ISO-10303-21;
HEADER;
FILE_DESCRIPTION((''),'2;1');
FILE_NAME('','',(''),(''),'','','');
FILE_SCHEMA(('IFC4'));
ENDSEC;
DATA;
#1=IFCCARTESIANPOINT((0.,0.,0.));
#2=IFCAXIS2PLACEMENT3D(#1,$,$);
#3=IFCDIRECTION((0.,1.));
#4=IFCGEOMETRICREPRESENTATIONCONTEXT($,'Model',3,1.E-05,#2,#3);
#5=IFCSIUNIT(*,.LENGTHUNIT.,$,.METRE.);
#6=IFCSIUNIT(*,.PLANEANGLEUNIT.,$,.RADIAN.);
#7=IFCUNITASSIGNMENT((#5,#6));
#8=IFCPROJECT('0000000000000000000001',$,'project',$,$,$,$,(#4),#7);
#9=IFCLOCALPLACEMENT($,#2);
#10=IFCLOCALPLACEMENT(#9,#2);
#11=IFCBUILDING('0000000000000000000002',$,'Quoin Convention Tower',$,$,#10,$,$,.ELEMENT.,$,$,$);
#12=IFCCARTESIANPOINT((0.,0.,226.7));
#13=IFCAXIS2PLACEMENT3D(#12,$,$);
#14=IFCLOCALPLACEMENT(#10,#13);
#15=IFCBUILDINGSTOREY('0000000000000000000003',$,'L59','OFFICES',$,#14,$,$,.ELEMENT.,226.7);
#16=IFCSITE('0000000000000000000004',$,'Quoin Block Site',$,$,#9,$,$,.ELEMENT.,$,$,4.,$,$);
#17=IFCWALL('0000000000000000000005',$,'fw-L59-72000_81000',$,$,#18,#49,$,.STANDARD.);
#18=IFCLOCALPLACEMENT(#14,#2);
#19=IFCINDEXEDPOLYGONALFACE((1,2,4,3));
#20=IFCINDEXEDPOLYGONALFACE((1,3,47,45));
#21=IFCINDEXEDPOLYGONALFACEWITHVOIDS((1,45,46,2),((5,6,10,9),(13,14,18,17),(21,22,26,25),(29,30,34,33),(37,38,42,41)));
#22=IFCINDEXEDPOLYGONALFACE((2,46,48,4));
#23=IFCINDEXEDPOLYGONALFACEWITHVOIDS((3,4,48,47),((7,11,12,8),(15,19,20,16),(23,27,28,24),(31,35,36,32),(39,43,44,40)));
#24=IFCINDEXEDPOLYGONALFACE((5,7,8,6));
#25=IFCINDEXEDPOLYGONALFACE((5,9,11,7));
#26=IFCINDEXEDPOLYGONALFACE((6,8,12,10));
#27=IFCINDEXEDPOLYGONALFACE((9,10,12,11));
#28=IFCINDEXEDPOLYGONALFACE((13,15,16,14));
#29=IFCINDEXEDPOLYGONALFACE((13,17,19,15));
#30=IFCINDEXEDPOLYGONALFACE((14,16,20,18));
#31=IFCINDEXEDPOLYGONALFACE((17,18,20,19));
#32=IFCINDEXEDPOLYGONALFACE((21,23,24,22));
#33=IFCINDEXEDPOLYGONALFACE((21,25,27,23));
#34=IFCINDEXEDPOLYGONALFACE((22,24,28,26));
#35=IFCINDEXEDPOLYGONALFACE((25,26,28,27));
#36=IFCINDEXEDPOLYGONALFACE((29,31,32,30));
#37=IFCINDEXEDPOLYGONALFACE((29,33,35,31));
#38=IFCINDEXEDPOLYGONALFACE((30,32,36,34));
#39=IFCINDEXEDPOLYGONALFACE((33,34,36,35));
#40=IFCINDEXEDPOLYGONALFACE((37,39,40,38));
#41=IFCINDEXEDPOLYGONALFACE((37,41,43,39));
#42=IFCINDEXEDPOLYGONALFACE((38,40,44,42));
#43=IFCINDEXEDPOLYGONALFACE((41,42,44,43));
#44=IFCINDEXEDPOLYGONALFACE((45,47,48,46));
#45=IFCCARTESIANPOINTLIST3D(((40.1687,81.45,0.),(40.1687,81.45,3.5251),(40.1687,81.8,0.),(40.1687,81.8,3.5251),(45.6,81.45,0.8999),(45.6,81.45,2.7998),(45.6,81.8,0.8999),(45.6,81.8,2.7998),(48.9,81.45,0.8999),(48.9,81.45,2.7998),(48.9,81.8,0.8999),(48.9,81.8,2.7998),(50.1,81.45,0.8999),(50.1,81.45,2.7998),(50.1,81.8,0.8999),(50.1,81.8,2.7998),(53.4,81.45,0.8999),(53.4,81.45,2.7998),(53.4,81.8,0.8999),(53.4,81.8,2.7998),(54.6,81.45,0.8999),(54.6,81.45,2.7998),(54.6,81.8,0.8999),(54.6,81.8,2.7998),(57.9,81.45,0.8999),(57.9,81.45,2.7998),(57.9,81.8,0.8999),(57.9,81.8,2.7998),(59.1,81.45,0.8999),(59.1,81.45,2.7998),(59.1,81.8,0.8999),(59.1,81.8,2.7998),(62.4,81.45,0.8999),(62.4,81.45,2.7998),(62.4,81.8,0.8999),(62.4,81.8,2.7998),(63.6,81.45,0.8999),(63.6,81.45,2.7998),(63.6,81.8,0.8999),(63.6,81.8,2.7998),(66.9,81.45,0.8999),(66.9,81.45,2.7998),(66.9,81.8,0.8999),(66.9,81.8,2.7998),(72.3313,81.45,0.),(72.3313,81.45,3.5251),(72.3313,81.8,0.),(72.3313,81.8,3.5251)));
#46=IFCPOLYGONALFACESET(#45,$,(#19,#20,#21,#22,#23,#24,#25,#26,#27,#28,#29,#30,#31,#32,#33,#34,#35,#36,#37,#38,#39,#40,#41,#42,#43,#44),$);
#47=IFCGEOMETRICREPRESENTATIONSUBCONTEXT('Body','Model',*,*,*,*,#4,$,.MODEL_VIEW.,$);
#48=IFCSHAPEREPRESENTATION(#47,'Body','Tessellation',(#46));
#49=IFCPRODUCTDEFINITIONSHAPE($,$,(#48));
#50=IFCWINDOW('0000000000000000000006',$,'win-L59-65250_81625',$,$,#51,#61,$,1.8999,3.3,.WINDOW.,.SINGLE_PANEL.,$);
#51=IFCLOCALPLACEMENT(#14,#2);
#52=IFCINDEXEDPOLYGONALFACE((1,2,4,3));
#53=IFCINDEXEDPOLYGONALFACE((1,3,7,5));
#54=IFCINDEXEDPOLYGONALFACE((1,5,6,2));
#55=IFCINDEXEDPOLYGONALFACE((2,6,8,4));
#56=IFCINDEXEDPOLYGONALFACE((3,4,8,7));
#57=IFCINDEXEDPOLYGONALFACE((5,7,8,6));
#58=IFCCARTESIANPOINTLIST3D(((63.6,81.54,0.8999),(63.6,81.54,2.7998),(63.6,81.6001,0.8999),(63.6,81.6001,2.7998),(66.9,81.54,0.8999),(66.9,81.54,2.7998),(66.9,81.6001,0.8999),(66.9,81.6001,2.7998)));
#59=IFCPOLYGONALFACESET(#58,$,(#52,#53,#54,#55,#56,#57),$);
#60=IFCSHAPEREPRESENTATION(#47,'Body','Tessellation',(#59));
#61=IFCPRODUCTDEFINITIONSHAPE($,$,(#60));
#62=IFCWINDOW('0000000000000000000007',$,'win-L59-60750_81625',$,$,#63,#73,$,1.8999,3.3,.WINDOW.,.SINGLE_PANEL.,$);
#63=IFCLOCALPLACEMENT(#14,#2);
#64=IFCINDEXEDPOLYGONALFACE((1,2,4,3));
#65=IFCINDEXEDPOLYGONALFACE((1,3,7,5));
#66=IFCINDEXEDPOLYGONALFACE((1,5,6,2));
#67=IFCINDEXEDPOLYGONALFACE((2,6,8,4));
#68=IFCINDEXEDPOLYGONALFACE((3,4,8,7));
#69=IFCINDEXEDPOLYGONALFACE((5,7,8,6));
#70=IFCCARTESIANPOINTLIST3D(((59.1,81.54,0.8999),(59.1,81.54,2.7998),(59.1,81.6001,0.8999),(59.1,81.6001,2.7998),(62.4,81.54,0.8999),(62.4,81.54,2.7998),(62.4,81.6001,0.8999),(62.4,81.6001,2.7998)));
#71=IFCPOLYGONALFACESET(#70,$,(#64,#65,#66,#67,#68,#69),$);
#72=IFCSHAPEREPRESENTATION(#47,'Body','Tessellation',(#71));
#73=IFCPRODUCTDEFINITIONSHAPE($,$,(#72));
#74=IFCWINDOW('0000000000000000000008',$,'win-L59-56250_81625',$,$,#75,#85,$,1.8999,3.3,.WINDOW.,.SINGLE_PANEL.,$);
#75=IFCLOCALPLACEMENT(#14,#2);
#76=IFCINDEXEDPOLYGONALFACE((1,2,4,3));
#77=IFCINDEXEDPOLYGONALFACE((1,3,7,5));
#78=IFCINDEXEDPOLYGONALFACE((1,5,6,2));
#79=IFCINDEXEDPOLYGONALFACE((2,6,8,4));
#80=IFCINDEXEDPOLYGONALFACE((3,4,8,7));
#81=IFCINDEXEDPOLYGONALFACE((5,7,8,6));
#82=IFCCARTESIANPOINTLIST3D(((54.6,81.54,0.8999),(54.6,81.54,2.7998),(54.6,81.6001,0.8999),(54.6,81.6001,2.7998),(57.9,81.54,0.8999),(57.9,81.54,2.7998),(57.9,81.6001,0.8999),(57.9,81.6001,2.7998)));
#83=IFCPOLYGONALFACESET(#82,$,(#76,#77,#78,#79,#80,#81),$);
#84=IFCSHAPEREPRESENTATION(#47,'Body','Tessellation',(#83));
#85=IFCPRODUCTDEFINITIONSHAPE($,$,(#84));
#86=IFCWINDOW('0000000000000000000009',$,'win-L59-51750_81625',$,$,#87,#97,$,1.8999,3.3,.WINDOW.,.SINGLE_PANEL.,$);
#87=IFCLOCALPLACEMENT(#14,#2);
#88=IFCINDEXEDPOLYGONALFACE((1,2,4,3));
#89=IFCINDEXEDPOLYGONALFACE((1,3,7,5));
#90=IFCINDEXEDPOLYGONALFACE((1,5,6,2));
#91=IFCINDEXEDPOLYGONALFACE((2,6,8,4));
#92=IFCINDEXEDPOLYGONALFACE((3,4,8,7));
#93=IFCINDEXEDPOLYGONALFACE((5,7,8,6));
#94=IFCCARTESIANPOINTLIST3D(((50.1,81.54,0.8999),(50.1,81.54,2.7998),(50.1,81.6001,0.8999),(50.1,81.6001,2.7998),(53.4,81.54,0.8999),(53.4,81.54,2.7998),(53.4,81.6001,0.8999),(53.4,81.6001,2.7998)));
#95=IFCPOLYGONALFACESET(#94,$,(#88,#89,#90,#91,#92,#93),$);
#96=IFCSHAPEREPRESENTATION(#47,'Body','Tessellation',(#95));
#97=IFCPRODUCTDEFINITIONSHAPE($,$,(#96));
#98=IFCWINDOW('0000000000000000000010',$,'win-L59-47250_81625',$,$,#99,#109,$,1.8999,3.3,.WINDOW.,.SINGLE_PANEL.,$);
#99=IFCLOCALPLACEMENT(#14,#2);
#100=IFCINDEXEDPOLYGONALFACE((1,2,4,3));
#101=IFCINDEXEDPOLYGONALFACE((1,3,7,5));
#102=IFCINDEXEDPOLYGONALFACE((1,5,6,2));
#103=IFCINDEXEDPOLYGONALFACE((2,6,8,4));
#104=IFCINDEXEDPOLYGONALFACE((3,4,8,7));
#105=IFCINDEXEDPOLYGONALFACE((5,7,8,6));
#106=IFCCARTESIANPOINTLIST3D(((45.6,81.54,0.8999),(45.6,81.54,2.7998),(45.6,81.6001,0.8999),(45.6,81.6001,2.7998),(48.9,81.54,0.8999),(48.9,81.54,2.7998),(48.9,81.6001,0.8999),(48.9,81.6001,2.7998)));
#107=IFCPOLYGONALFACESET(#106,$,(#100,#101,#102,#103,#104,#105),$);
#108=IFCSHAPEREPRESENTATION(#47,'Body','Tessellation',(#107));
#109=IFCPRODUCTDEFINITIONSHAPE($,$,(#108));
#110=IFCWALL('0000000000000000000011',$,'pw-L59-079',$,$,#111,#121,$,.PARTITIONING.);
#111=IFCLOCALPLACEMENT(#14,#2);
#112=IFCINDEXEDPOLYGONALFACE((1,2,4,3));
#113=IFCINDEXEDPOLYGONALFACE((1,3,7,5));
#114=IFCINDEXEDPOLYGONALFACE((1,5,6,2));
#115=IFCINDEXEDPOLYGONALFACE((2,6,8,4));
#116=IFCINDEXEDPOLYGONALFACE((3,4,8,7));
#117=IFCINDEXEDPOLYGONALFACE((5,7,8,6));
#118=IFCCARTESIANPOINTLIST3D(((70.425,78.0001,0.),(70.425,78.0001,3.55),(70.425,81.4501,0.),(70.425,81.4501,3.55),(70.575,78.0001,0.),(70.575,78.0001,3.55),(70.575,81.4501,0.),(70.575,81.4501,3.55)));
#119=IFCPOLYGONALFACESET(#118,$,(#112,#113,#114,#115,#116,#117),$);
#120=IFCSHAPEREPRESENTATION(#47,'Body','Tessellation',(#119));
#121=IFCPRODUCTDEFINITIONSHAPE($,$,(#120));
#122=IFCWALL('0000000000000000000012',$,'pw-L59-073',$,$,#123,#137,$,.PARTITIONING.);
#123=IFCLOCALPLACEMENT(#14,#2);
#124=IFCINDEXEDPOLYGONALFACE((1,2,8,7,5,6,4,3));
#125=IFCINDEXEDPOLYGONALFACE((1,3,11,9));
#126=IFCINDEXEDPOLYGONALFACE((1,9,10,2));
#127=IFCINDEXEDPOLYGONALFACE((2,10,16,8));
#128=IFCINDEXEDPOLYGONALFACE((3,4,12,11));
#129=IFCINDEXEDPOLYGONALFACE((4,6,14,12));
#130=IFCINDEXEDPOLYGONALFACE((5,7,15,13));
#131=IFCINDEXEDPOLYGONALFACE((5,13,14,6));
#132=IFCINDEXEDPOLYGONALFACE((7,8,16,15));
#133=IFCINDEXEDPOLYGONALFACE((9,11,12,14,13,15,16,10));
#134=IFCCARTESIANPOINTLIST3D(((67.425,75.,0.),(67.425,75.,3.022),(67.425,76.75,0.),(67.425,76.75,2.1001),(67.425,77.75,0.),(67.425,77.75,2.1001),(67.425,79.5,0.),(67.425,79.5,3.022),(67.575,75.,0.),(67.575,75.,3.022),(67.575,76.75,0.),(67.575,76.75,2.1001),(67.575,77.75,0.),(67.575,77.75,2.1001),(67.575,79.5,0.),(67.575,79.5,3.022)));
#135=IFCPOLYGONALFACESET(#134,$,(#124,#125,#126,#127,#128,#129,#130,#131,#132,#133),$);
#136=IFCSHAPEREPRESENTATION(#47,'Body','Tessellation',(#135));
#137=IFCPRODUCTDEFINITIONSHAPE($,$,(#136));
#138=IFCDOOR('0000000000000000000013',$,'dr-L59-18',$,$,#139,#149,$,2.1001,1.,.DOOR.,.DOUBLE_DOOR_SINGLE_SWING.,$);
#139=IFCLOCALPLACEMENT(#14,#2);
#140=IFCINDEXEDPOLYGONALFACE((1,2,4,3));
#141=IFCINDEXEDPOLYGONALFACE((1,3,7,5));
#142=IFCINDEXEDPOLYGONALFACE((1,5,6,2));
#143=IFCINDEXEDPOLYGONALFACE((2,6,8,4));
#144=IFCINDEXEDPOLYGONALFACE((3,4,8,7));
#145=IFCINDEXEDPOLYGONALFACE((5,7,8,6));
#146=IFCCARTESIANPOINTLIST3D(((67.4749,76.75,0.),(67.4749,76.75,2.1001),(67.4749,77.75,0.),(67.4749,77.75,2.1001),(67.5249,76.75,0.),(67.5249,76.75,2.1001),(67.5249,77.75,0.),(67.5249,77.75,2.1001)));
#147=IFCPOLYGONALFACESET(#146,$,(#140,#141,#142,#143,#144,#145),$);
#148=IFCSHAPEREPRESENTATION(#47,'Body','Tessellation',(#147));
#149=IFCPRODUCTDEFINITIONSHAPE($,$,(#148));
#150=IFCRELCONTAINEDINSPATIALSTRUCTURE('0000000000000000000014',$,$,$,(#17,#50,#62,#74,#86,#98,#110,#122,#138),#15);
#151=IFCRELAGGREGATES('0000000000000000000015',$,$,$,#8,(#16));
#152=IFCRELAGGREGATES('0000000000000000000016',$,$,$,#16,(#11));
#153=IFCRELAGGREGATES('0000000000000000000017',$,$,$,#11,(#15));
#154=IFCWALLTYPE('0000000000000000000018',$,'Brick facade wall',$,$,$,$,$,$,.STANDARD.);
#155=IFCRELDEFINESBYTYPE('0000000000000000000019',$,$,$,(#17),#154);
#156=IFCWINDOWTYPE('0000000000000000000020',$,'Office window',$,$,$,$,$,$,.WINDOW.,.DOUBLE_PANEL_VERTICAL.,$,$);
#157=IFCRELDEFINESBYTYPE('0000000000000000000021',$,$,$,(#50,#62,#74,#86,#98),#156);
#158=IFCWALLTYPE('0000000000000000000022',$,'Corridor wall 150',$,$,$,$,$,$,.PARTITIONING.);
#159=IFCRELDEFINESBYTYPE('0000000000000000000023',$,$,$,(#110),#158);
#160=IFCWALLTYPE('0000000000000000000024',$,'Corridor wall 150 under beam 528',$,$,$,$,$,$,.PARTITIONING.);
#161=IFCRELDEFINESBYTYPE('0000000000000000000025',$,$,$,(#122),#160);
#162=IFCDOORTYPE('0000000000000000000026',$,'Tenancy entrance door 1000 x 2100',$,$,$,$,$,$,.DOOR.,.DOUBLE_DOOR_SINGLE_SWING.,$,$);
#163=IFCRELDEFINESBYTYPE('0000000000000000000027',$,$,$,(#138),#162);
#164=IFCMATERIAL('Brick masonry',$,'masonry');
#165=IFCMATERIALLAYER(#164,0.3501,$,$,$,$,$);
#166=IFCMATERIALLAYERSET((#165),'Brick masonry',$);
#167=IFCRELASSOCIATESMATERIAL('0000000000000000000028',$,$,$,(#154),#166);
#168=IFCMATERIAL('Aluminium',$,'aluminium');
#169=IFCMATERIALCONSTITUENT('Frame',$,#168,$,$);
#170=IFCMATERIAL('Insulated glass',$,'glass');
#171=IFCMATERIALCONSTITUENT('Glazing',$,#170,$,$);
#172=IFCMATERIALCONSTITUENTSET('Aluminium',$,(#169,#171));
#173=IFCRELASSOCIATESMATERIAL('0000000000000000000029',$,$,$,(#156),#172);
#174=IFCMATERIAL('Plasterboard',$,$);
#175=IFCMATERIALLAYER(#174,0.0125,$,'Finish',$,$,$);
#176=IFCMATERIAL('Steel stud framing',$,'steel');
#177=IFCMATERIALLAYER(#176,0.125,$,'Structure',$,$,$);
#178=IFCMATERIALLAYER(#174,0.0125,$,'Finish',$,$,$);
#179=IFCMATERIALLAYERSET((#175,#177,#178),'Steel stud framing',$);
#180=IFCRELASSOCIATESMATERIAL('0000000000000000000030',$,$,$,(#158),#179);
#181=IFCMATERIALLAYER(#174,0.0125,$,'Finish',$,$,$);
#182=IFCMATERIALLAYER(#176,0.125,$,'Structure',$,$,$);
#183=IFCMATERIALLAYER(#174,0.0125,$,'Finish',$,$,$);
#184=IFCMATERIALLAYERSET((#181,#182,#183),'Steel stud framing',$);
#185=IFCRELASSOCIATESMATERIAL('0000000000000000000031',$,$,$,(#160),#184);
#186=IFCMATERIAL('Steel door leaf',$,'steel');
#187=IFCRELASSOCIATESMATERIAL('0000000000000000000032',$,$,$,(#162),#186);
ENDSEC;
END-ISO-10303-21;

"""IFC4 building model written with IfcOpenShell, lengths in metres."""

from ifc_helpers import new_model, si_unit, direction, frame, frame_2d, origin, place, context, subcontext, project, spatial, rectangle, extrude, material, layer, layer_set, constituent, constituent_set, type_object, element, fill, save


model = new_model("IFC4")

# Units and contexts
model_context = context("Model", 3, precision=1e-05, world=origin(), true_north=direction((0.0, 1.0)))
body_context = subcontext(model_context, "Body", "Model", "MODEL_VIEW")
ifc_project = project(units=[si_unit("LENGTHUNIT", "METRE"), si_unit("PLANEANGLEUNIT", "RADIAN")], contexts=[model_context])

# Site, building, storey
site_placement = place(None, origin())
site = spatial("IfcSite", under=ifc_project, at=site_placement, Name="Quoin Block Site", CompositionType="ELEMENT", RefElevation=4.0)
building_placement = place(site_placement, origin())
building = spatial("IfcBuilding", under=site, at=building_placement, Name="Quoin Convention Tower", CompositionType="ELEMENT")
storey_placement = place(building_placement, frame((0.0, 0.0, 226.7)))
storey = spatial("IfcBuildingStorey", under=building, at=storey_placement, Name="L59", Description="OFFICES", CompositionType="ELEMENT", Elevation=226.7)

# Shared definitions
ifc_material_1 = material(Name="Plasterboard")
ifc_material_2 = material(Name="Steel stud framing", Category="steel")

# Shared definitions
ifc_material_3 = material(Name="Steel door leaf", Category="steel")

# Shared definitions
ifc_material_4 = material(Name="Brick masonry", Category="masonry")
ifc_layer_1 = layer(ifc_material_4, 0.3501)
ifc_layer_set_1 = layer_set([ifc_layer_1], Name="Brick masonry")
wall_type_1 = type_object("IfcWallType", Name="Brick facade wall", PredefinedType="STANDARD", material=ifc_layer_set_1)
ifc_material_5 = material(Name="Aluminium", Category="aluminium")
ifc_constituent_1 = constituent(ifc_material_5, Name="Frame")
ifc_material_6 = material(Name="Insulated glass", Category="glass")
ifc_constituent_2 = constituent(ifc_material_6, Name="Glazing")
ifc_constituent_set = constituent_set(constituents=[ifc_constituent_1, ifc_constituent_2], Name="Aluminium")
window_type = type_object("IfcWindowType", Name="Office window", PartitioningType="DOUBLE_PANEL_VERTICAL", PredefinedType="WINDOW", material=ifc_constituent_set)

# Wall, openings, windows
wall_1_placement = place(storey_placement, frame((72.3313, 81.625, 0.0), z_axis=(0.0, 0.0, 1.0), x_axis=(-1.0, 0.0, 0.0)))
wall_1 = element("IfcWall", 1, at=wall_1_placement, inside=storey, type_object=wall_type_1, Name="fw-L59-72000_81000", PredefinedType="STANDARD", context=body_context, shape_type="SweptSolid", body=[
    extrude(rectangle(XDim=32.1626, YDim=0.3501, at=frame_2d((16.0813, 0.0))), origin(), (0.0, 0.0, 1.0), 3.5251),
])
opening_1_placement = place(wall_1_placement, frame((5.4314, 0.0, 0.8999)))
opening_1 = element("IfcOpeningElement", 2, at=opening_1_placement, cuts=wall_1, PredefinedType="OPENING", context=body_context, shape_type="SweptSolid", body=[
    extrude(rectangle(XDim=3.3, YDim=1.8999, at=frame_2d((1.6499, 0.95))), frame((0.0, 0.1851, 0.0), z_axis=(0.0, -1.0, 0.0), x_axis=(1.0, 0.0, 0.0)), (0.0, 0.0, 1.0), 0.3701),
])
opening_2_placement = place(wall_1_placement, frame((9.9314, 0.0, 0.8999)))
opening_2 = element("IfcOpeningElement", 3, at=opening_2_placement, cuts=wall_1, PredefinedType="OPENING", context=body_context, shape_type="SweptSolid", body=[
    extrude(rectangle(XDim=3.3, YDim=1.8999, at=frame_2d((1.6499, 0.95))), frame((0.0, 0.1851, 0.0), z_axis=(0.0, -1.0, 0.0), x_axis=(1.0, 0.0, 0.0)), (0.0, 0.0, 1.0), 0.3701),
])
opening_3_placement = place(wall_1_placement, frame((14.4314, 0.0, 0.8999)))
opening_3 = element("IfcOpeningElement", 4, at=opening_3_placement, cuts=wall_1, PredefinedType="OPENING", context=body_context, shape_type="SweptSolid", body=[
    extrude(rectangle(XDim=3.3, YDim=1.8999, at=frame_2d((1.6499, 0.95))), frame((0.0, 0.1851, 0.0), z_axis=(0.0, -1.0, 0.0), x_axis=(1.0, 0.0, 0.0)), (0.0, 0.0, 1.0), 0.3701),
])
opening_4_placement = place(wall_1_placement, frame((18.9314, 0.0, 0.8999)))
opening_4 = element("IfcOpeningElement", 5, at=opening_4_placement, cuts=wall_1, PredefinedType="OPENING", context=body_context, shape_type="SweptSolid", body=[
    extrude(rectangle(XDim=3.3, YDim=1.8999, at=frame_2d((1.6499, 0.95))), frame((0.0, 0.1851, 0.0), z_axis=(0.0, -1.0, 0.0), x_axis=(1.0, 0.0, 0.0)), (0.0, 0.0, 1.0), 0.3701),
])
opening_5_placement = place(wall_1_placement, frame((23.4314, 0.0, 0.8999)))
opening_5 = element("IfcOpeningElement", 6, at=opening_5_placement, cuts=wall_1, PredefinedType="OPENING", context=body_context, shape_type="SweptSolid", body=[
    extrude(rectangle(XDim=3.3, YDim=1.8999, at=frame_2d((1.6499, 0.95))), frame((0.0, 0.1851, 0.0), z_axis=(0.0, -1.0, 0.0), x_axis=(1.0, 0.0, 0.0)), (0.0, 0.0, 1.0), 0.3701),
])
window_1_placement = place(opening_1_placement, origin())
window_1 = element("IfcWindow", 7, at=window_1_placement, inside=storey, type_object=window_type, Name="win-L59-65250_81625", OverallHeight=1.8999, OverallWidth=3.3, PartitioningType="SINGLE_PANEL", PredefinedType="WINDOW", context=body_context, shape_type="SweptSolid", body=[
    extrude(rectangle(XDim=3.3, YDim=1.8999, at=frame_2d((1.6499, 0.95))), frame((0.0, 0.085, 0.0), z_axis=(0.0, -1.0, 0.0), x_axis=(1.0, 0.0, 0.0)), (0.0, 0.0, 1.0), 0.0601),
])
fill(opening_1, window_1)
window_2_placement = place(opening_2_placement, origin())
window_2 = element("IfcWindow", 8, at=window_2_placement, inside=storey, type_object=window_type, Name="win-L59-60750_81625", OverallHeight=1.8999, OverallWidth=3.3, PartitioningType="SINGLE_PANEL", PredefinedType="WINDOW", context=body_context, shape_type="SweptSolid", body=[
    extrude(rectangle(XDim=3.3, YDim=1.8999, at=frame_2d((1.6499, 0.95))), frame((0.0, 0.085, 0.0), z_axis=(0.0, -1.0, 0.0), x_axis=(1.0, 0.0, 0.0)), (0.0, 0.0, 1.0), 0.0601),
])
fill(opening_2, window_2)
window_3_placement = place(opening_3_placement, origin())
window_3 = element("IfcWindow", 9, at=window_3_placement, inside=storey, type_object=window_type, Name="win-L59-56250_81625", OverallHeight=1.8999, OverallWidth=3.3, PartitioningType="SINGLE_PANEL", PredefinedType="WINDOW", context=body_context, shape_type="SweptSolid", body=[
    extrude(rectangle(XDim=3.3, YDim=1.8999, at=frame_2d((1.6499, 0.95))), frame((0.0, 0.085, 0.0), z_axis=(0.0, -1.0, 0.0), x_axis=(1.0, 0.0, 0.0)), (0.0, 0.0, 1.0), 0.0601),
])
fill(opening_3, window_3)
window_4_placement = place(opening_4_placement, origin())
window_4 = element("IfcWindow", 10, at=window_4_placement, inside=storey, type_object=window_type, Name="win-L59-51750_81625", OverallHeight=1.8999, OverallWidth=3.3, PartitioningType="SINGLE_PANEL", PredefinedType="WINDOW", context=body_context, shape_type="SweptSolid", body=[
    extrude(rectangle(XDim=3.3, YDim=1.8999, at=frame_2d((1.6499, 0.95))), frame((0.0, 0.085, 0.0), z_axis=(0.0, -1.0, 0.0), x_axis=(1.0, 0.0, 0.0)), (0.0, 0.0, 1.0), 0.0601),
])
fill(opening_4, window_4)
window_5_placement = place(opening_5_placement, origin())
window_5 = element("IfcWindow", 11, at=window_5_placement, inside=storey, type_object=window_type, Name="win-L59-47250_81625", OverallHeight=1.8999, OverallWidth=3.3, PartitioningType="SINGLE_PANEL", PredefinedType="WINDOW", context=body_context, shape_type="SweptSolid", body=[
    extrude(rectangle(XDim=3.3, YDim=1.8999, at=frame_2d((1.6499, 0.95))), frame((0.0, 0.085, 0.0), z_axis=(0.0, -1.0, 0.0), x_axis=(1.0, 0.0, 0.0)), (0.0, 0.0, 1.0), 0.0601),
])
fill(opening_5, window_5)

# Wall
ifc_layer_2 = layer(ifc_material_1, 0.0125, Name="Finish")
ifc_layer_3 = layer(ifc_material_2, 0.125, Name="Structure")
ifc_layer_4 = layer(ifc_material_1, 0.0125, Name="Finish")
ifc_layer_set_2 = layer_set([ifc_layer_2, ifc_layer_3, ifc_layer_4], Name="Steel stud framing")
wall_type_2 = type_object("IfcWallType", Name="Corridor wall 150", PredefinedType="PARTITIONING", material=ifc_layer_set_2)
wall_2_placement = place(storey_placement, frame((70.5, 78.0, 0.0), z_axis=(0.0, 0.0, 1.0), x_axis=(0.0, 1.0, 0.0)))
element("IfcWall", 12, at=wall_2_placement, inside=storey, type_object=wall_type_2, Name="pw-L59-079", PredefinedType="PARTITIONING", context=body_context, shape_type="SweptSolid", body=[
    extrude(rectangle(XDim=3.45, YDim=0.1499, at=frame_2d((1.7251, 0.0))), origin(), (0.0, 0.0, 1.0), 3.55),
])

# Wall, opening, door
ifc_layer_5 = layer(ifc_material_1, 0.0125, Name="Finish")
ifc_layer_6 = layer(ifc_material_2, 0.125, Name="Structure")
ifc_layer_7 = layer(ifc_material_1, 0.0125, Name="Finish")
ifc_layer_set_3 = layer_set([ifc_layer_5, ifc_layer_6, ifc_layer_7], Name="Steel stud framing")
wall_type_3 = type_object("IfcWallType", Name="Corridor wall 150 under beam 528", PredefinedType="PARTITIONING", material=ifc_layer_set_3)
wall_3_placement = place(storey_placement, frame((67.5, 75.0, 0.0), z_axis=(0.0, 0.0, 1.0), x_axis=(0.0, 1.0, 0.0)))
wall_3 = element("IfcWall", 13, at=wall_3_placement, inside=storey, type_object=wall_type_3, Name="pw-L59-073", PredefinedType="PARTITIONING", context=body_context, shape_type="SweptSolid", body=[
    extrude(rectangle(XDim=4.5, YDim=0.1499, at=frame_2d((2.25, 0.0))), origin(), (0.0, 0.0, 1.0), 3.022),
])
opening_6_placement = place(wall_3_placement, frame((1.75, 0.0, 0.0)))
opening_6 = element("IfcOpeningElement", 14, at=opening_6_placement, cuts=wall_3, PredefinedType="OPENING", context=body_context, shape_type="SweptSolid", body=[
    extrude(rectangle(XDim=1.0, YDim=2.1001, at=frame_2d((0.5, 1.05))), frame((0.0, 0.085, 0.0), z_axis=(0.0, -1.0, 0.0), x_axis=(1.0, 0.0, 0.0)), (0.0, 0.0, 1.0), 0.1699),
])
door_type_1 = type_object("IfcDoorType", Name="Tenancy entrance door 1000 x 2100", OperationType="DOUBLE_DOOR_SINGLE_SWING", PredefinedType="DOOR", material=ifc_material_3)
door_1_placement = place(opening_6_placement, frame((1.0, 0.0, 0.0), z_axis=(0.0, 0.0, 1.0), x_axis=(-1.0, 0.0, 0.0)))
door_1 = element("IfcDoor", 15, at=door_1_placement, inside=storey, type_object=door_type_1, Name="dr-L59-18", OperationType="DOUBLE_DOOR_SINGLE_SWING", OverallHeight=2.1001, OverallWidth=1.0, PredefinedType="DOOR", context=body_context, shape_type="SweptSolid", body=[
    extrude(rectangle(XDim=1.0, YDim=2.1001, at=frame_2d((0.5, 1.05))), frame((0.0, 0.0249, 0.0), z_axis=(0.0, -1.0, 0.0), x_axis=(1.0, 0.0, 0.0)), (0.0, 0.0, 1.0), 0.05),
])
fill(opening_6, door_1)

save(model, "model.ifc")
